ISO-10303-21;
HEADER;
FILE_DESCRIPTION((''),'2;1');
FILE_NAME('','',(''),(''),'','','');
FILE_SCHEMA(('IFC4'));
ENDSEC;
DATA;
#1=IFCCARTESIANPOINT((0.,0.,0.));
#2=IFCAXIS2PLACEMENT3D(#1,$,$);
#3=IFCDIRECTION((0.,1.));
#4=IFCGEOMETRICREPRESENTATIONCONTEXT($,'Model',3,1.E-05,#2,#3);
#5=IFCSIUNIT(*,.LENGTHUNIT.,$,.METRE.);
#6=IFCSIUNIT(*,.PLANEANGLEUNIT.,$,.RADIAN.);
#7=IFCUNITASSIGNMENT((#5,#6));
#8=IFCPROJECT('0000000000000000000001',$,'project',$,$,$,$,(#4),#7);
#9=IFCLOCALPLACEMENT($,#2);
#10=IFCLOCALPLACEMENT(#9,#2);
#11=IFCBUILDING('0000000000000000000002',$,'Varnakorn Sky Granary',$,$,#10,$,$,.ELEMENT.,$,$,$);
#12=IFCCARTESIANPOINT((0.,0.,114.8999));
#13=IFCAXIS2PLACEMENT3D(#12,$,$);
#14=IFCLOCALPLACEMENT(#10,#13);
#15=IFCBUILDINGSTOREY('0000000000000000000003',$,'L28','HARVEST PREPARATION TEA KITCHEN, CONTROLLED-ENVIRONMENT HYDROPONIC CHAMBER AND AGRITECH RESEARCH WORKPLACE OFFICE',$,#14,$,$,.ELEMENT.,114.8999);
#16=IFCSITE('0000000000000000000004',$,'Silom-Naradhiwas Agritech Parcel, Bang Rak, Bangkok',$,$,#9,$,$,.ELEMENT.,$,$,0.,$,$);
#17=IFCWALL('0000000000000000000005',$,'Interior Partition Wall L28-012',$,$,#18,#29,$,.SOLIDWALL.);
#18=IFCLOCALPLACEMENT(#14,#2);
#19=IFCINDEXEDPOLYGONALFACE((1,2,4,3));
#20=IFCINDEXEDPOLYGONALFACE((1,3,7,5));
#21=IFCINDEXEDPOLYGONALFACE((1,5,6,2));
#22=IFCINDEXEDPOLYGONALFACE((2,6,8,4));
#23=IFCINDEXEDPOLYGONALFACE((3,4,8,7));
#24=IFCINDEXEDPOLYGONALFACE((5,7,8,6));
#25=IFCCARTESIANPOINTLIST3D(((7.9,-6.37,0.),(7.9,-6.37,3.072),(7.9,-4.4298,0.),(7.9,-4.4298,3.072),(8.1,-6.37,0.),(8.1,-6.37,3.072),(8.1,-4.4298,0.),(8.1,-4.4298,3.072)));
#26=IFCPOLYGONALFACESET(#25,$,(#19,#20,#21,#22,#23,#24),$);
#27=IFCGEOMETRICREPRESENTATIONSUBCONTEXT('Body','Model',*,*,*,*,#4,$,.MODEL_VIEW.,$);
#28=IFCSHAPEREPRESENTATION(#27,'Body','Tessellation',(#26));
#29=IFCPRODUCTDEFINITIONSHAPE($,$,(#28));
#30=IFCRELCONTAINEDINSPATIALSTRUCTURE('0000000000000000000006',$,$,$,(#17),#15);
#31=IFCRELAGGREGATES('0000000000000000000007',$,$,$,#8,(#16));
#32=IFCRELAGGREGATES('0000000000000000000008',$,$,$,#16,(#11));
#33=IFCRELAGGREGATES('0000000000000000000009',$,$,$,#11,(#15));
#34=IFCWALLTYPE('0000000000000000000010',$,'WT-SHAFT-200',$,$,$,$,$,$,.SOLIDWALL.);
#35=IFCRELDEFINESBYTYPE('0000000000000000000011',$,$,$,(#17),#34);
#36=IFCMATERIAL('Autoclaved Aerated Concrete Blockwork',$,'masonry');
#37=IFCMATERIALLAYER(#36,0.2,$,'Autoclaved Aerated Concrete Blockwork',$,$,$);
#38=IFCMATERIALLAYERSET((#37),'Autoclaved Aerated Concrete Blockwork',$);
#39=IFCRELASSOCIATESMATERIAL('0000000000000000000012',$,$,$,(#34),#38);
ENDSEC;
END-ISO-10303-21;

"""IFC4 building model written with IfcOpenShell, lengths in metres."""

from ifc_helpers import new_model, si_unit, direction, frame, frame_2d, origin, place, context, subcontext, project, spatial, rectangle, extrude, material, layer, layer_set, type_object, element, save


model = new_model("IFC4")

# Units and contexts
model_context = context("Model", 3, precision=1e-05, world=origin(), true_north=direction((0.0, 1.0)))
body_context = subcontext(model_context, "Body", "Model", "MODEL_VIEW")
ifc_project = project(units=[si_unit("LENGTHUNIT", "METRE"), si_unit("PLANEANGLEUNIT", "RADIAN")], contexts=[model_context])

# Site, building, storey
site_placement = place(None, origin())
site = spatial("IfcSite", under=ifc_project, at=site_placement, Name="Silom-Naradhiwas Agritech Parcel, Bang Rak, Bangkok", CompositionType="ELEMENT", RefElevation=0.0)
building_placement = place(site_placement, origin())
building = spatial("IfcBuilding", under=site, at=building_placement, Name="Varnakorn Sky Granary", CompositionType="ELEMENT")
storey_placement = place(building_placement, frame((0.0, 0.0, 114.8999)))
storey = spatial("IfcBuildingStorey", under=building, at=storey_placement, Name="L28", Description="HARVEST PREPARATION TEA KITCHEN, CONTROLLED-ENVIRONMENT HYDROPONIC CHAMBER AND AGRITECH RESEARCH WORKPLACE OFFICE", CompositionType="ELEMENT", Elevation=114.8999)

# Shared definitions
ifc_material_1 = material(Name="Autoclaved Aerated Concrete Blockwork", Category="masonry")

# Wall
ifc_layer_1 = layer(ifc_material_1, 0.2, Name="Autoclaved Aerated Concrete Blockwork")
ifc_layer_set_1 = layer_set([ifc_layer_1], Name="Autoclaved Aerated Concrete Blockwork")
wall_type_1 = type_object("IfcWallType", Name="WT-SHAFT-200", PredefinedType="SOLIDWALL", material=ifc_layer_set_1)
wall_1_placement = place(storey_placement, frame((8.0, -6.3701, 0.0), z_axis=(0.0, 0.0, 1.0), x_axis=(0.0, 1.0, 0.0)))
element("IfcWall", 1, at=wall_1_placement, inside=storey, type_object=wall_type_1, Name="Interior Partition Wall L28-012", PredefinedType="SOLIDWALL", context=body_context, shape_type="SweptSolid", body=[
    extrude(rectangle(XDim=1.9402, YDim=0.2, at=frame_2d((0.9702, 0.0))), origin(), (0.0, 0.0, 1.0), 3.072),
])

save(model, "model.ifc")
